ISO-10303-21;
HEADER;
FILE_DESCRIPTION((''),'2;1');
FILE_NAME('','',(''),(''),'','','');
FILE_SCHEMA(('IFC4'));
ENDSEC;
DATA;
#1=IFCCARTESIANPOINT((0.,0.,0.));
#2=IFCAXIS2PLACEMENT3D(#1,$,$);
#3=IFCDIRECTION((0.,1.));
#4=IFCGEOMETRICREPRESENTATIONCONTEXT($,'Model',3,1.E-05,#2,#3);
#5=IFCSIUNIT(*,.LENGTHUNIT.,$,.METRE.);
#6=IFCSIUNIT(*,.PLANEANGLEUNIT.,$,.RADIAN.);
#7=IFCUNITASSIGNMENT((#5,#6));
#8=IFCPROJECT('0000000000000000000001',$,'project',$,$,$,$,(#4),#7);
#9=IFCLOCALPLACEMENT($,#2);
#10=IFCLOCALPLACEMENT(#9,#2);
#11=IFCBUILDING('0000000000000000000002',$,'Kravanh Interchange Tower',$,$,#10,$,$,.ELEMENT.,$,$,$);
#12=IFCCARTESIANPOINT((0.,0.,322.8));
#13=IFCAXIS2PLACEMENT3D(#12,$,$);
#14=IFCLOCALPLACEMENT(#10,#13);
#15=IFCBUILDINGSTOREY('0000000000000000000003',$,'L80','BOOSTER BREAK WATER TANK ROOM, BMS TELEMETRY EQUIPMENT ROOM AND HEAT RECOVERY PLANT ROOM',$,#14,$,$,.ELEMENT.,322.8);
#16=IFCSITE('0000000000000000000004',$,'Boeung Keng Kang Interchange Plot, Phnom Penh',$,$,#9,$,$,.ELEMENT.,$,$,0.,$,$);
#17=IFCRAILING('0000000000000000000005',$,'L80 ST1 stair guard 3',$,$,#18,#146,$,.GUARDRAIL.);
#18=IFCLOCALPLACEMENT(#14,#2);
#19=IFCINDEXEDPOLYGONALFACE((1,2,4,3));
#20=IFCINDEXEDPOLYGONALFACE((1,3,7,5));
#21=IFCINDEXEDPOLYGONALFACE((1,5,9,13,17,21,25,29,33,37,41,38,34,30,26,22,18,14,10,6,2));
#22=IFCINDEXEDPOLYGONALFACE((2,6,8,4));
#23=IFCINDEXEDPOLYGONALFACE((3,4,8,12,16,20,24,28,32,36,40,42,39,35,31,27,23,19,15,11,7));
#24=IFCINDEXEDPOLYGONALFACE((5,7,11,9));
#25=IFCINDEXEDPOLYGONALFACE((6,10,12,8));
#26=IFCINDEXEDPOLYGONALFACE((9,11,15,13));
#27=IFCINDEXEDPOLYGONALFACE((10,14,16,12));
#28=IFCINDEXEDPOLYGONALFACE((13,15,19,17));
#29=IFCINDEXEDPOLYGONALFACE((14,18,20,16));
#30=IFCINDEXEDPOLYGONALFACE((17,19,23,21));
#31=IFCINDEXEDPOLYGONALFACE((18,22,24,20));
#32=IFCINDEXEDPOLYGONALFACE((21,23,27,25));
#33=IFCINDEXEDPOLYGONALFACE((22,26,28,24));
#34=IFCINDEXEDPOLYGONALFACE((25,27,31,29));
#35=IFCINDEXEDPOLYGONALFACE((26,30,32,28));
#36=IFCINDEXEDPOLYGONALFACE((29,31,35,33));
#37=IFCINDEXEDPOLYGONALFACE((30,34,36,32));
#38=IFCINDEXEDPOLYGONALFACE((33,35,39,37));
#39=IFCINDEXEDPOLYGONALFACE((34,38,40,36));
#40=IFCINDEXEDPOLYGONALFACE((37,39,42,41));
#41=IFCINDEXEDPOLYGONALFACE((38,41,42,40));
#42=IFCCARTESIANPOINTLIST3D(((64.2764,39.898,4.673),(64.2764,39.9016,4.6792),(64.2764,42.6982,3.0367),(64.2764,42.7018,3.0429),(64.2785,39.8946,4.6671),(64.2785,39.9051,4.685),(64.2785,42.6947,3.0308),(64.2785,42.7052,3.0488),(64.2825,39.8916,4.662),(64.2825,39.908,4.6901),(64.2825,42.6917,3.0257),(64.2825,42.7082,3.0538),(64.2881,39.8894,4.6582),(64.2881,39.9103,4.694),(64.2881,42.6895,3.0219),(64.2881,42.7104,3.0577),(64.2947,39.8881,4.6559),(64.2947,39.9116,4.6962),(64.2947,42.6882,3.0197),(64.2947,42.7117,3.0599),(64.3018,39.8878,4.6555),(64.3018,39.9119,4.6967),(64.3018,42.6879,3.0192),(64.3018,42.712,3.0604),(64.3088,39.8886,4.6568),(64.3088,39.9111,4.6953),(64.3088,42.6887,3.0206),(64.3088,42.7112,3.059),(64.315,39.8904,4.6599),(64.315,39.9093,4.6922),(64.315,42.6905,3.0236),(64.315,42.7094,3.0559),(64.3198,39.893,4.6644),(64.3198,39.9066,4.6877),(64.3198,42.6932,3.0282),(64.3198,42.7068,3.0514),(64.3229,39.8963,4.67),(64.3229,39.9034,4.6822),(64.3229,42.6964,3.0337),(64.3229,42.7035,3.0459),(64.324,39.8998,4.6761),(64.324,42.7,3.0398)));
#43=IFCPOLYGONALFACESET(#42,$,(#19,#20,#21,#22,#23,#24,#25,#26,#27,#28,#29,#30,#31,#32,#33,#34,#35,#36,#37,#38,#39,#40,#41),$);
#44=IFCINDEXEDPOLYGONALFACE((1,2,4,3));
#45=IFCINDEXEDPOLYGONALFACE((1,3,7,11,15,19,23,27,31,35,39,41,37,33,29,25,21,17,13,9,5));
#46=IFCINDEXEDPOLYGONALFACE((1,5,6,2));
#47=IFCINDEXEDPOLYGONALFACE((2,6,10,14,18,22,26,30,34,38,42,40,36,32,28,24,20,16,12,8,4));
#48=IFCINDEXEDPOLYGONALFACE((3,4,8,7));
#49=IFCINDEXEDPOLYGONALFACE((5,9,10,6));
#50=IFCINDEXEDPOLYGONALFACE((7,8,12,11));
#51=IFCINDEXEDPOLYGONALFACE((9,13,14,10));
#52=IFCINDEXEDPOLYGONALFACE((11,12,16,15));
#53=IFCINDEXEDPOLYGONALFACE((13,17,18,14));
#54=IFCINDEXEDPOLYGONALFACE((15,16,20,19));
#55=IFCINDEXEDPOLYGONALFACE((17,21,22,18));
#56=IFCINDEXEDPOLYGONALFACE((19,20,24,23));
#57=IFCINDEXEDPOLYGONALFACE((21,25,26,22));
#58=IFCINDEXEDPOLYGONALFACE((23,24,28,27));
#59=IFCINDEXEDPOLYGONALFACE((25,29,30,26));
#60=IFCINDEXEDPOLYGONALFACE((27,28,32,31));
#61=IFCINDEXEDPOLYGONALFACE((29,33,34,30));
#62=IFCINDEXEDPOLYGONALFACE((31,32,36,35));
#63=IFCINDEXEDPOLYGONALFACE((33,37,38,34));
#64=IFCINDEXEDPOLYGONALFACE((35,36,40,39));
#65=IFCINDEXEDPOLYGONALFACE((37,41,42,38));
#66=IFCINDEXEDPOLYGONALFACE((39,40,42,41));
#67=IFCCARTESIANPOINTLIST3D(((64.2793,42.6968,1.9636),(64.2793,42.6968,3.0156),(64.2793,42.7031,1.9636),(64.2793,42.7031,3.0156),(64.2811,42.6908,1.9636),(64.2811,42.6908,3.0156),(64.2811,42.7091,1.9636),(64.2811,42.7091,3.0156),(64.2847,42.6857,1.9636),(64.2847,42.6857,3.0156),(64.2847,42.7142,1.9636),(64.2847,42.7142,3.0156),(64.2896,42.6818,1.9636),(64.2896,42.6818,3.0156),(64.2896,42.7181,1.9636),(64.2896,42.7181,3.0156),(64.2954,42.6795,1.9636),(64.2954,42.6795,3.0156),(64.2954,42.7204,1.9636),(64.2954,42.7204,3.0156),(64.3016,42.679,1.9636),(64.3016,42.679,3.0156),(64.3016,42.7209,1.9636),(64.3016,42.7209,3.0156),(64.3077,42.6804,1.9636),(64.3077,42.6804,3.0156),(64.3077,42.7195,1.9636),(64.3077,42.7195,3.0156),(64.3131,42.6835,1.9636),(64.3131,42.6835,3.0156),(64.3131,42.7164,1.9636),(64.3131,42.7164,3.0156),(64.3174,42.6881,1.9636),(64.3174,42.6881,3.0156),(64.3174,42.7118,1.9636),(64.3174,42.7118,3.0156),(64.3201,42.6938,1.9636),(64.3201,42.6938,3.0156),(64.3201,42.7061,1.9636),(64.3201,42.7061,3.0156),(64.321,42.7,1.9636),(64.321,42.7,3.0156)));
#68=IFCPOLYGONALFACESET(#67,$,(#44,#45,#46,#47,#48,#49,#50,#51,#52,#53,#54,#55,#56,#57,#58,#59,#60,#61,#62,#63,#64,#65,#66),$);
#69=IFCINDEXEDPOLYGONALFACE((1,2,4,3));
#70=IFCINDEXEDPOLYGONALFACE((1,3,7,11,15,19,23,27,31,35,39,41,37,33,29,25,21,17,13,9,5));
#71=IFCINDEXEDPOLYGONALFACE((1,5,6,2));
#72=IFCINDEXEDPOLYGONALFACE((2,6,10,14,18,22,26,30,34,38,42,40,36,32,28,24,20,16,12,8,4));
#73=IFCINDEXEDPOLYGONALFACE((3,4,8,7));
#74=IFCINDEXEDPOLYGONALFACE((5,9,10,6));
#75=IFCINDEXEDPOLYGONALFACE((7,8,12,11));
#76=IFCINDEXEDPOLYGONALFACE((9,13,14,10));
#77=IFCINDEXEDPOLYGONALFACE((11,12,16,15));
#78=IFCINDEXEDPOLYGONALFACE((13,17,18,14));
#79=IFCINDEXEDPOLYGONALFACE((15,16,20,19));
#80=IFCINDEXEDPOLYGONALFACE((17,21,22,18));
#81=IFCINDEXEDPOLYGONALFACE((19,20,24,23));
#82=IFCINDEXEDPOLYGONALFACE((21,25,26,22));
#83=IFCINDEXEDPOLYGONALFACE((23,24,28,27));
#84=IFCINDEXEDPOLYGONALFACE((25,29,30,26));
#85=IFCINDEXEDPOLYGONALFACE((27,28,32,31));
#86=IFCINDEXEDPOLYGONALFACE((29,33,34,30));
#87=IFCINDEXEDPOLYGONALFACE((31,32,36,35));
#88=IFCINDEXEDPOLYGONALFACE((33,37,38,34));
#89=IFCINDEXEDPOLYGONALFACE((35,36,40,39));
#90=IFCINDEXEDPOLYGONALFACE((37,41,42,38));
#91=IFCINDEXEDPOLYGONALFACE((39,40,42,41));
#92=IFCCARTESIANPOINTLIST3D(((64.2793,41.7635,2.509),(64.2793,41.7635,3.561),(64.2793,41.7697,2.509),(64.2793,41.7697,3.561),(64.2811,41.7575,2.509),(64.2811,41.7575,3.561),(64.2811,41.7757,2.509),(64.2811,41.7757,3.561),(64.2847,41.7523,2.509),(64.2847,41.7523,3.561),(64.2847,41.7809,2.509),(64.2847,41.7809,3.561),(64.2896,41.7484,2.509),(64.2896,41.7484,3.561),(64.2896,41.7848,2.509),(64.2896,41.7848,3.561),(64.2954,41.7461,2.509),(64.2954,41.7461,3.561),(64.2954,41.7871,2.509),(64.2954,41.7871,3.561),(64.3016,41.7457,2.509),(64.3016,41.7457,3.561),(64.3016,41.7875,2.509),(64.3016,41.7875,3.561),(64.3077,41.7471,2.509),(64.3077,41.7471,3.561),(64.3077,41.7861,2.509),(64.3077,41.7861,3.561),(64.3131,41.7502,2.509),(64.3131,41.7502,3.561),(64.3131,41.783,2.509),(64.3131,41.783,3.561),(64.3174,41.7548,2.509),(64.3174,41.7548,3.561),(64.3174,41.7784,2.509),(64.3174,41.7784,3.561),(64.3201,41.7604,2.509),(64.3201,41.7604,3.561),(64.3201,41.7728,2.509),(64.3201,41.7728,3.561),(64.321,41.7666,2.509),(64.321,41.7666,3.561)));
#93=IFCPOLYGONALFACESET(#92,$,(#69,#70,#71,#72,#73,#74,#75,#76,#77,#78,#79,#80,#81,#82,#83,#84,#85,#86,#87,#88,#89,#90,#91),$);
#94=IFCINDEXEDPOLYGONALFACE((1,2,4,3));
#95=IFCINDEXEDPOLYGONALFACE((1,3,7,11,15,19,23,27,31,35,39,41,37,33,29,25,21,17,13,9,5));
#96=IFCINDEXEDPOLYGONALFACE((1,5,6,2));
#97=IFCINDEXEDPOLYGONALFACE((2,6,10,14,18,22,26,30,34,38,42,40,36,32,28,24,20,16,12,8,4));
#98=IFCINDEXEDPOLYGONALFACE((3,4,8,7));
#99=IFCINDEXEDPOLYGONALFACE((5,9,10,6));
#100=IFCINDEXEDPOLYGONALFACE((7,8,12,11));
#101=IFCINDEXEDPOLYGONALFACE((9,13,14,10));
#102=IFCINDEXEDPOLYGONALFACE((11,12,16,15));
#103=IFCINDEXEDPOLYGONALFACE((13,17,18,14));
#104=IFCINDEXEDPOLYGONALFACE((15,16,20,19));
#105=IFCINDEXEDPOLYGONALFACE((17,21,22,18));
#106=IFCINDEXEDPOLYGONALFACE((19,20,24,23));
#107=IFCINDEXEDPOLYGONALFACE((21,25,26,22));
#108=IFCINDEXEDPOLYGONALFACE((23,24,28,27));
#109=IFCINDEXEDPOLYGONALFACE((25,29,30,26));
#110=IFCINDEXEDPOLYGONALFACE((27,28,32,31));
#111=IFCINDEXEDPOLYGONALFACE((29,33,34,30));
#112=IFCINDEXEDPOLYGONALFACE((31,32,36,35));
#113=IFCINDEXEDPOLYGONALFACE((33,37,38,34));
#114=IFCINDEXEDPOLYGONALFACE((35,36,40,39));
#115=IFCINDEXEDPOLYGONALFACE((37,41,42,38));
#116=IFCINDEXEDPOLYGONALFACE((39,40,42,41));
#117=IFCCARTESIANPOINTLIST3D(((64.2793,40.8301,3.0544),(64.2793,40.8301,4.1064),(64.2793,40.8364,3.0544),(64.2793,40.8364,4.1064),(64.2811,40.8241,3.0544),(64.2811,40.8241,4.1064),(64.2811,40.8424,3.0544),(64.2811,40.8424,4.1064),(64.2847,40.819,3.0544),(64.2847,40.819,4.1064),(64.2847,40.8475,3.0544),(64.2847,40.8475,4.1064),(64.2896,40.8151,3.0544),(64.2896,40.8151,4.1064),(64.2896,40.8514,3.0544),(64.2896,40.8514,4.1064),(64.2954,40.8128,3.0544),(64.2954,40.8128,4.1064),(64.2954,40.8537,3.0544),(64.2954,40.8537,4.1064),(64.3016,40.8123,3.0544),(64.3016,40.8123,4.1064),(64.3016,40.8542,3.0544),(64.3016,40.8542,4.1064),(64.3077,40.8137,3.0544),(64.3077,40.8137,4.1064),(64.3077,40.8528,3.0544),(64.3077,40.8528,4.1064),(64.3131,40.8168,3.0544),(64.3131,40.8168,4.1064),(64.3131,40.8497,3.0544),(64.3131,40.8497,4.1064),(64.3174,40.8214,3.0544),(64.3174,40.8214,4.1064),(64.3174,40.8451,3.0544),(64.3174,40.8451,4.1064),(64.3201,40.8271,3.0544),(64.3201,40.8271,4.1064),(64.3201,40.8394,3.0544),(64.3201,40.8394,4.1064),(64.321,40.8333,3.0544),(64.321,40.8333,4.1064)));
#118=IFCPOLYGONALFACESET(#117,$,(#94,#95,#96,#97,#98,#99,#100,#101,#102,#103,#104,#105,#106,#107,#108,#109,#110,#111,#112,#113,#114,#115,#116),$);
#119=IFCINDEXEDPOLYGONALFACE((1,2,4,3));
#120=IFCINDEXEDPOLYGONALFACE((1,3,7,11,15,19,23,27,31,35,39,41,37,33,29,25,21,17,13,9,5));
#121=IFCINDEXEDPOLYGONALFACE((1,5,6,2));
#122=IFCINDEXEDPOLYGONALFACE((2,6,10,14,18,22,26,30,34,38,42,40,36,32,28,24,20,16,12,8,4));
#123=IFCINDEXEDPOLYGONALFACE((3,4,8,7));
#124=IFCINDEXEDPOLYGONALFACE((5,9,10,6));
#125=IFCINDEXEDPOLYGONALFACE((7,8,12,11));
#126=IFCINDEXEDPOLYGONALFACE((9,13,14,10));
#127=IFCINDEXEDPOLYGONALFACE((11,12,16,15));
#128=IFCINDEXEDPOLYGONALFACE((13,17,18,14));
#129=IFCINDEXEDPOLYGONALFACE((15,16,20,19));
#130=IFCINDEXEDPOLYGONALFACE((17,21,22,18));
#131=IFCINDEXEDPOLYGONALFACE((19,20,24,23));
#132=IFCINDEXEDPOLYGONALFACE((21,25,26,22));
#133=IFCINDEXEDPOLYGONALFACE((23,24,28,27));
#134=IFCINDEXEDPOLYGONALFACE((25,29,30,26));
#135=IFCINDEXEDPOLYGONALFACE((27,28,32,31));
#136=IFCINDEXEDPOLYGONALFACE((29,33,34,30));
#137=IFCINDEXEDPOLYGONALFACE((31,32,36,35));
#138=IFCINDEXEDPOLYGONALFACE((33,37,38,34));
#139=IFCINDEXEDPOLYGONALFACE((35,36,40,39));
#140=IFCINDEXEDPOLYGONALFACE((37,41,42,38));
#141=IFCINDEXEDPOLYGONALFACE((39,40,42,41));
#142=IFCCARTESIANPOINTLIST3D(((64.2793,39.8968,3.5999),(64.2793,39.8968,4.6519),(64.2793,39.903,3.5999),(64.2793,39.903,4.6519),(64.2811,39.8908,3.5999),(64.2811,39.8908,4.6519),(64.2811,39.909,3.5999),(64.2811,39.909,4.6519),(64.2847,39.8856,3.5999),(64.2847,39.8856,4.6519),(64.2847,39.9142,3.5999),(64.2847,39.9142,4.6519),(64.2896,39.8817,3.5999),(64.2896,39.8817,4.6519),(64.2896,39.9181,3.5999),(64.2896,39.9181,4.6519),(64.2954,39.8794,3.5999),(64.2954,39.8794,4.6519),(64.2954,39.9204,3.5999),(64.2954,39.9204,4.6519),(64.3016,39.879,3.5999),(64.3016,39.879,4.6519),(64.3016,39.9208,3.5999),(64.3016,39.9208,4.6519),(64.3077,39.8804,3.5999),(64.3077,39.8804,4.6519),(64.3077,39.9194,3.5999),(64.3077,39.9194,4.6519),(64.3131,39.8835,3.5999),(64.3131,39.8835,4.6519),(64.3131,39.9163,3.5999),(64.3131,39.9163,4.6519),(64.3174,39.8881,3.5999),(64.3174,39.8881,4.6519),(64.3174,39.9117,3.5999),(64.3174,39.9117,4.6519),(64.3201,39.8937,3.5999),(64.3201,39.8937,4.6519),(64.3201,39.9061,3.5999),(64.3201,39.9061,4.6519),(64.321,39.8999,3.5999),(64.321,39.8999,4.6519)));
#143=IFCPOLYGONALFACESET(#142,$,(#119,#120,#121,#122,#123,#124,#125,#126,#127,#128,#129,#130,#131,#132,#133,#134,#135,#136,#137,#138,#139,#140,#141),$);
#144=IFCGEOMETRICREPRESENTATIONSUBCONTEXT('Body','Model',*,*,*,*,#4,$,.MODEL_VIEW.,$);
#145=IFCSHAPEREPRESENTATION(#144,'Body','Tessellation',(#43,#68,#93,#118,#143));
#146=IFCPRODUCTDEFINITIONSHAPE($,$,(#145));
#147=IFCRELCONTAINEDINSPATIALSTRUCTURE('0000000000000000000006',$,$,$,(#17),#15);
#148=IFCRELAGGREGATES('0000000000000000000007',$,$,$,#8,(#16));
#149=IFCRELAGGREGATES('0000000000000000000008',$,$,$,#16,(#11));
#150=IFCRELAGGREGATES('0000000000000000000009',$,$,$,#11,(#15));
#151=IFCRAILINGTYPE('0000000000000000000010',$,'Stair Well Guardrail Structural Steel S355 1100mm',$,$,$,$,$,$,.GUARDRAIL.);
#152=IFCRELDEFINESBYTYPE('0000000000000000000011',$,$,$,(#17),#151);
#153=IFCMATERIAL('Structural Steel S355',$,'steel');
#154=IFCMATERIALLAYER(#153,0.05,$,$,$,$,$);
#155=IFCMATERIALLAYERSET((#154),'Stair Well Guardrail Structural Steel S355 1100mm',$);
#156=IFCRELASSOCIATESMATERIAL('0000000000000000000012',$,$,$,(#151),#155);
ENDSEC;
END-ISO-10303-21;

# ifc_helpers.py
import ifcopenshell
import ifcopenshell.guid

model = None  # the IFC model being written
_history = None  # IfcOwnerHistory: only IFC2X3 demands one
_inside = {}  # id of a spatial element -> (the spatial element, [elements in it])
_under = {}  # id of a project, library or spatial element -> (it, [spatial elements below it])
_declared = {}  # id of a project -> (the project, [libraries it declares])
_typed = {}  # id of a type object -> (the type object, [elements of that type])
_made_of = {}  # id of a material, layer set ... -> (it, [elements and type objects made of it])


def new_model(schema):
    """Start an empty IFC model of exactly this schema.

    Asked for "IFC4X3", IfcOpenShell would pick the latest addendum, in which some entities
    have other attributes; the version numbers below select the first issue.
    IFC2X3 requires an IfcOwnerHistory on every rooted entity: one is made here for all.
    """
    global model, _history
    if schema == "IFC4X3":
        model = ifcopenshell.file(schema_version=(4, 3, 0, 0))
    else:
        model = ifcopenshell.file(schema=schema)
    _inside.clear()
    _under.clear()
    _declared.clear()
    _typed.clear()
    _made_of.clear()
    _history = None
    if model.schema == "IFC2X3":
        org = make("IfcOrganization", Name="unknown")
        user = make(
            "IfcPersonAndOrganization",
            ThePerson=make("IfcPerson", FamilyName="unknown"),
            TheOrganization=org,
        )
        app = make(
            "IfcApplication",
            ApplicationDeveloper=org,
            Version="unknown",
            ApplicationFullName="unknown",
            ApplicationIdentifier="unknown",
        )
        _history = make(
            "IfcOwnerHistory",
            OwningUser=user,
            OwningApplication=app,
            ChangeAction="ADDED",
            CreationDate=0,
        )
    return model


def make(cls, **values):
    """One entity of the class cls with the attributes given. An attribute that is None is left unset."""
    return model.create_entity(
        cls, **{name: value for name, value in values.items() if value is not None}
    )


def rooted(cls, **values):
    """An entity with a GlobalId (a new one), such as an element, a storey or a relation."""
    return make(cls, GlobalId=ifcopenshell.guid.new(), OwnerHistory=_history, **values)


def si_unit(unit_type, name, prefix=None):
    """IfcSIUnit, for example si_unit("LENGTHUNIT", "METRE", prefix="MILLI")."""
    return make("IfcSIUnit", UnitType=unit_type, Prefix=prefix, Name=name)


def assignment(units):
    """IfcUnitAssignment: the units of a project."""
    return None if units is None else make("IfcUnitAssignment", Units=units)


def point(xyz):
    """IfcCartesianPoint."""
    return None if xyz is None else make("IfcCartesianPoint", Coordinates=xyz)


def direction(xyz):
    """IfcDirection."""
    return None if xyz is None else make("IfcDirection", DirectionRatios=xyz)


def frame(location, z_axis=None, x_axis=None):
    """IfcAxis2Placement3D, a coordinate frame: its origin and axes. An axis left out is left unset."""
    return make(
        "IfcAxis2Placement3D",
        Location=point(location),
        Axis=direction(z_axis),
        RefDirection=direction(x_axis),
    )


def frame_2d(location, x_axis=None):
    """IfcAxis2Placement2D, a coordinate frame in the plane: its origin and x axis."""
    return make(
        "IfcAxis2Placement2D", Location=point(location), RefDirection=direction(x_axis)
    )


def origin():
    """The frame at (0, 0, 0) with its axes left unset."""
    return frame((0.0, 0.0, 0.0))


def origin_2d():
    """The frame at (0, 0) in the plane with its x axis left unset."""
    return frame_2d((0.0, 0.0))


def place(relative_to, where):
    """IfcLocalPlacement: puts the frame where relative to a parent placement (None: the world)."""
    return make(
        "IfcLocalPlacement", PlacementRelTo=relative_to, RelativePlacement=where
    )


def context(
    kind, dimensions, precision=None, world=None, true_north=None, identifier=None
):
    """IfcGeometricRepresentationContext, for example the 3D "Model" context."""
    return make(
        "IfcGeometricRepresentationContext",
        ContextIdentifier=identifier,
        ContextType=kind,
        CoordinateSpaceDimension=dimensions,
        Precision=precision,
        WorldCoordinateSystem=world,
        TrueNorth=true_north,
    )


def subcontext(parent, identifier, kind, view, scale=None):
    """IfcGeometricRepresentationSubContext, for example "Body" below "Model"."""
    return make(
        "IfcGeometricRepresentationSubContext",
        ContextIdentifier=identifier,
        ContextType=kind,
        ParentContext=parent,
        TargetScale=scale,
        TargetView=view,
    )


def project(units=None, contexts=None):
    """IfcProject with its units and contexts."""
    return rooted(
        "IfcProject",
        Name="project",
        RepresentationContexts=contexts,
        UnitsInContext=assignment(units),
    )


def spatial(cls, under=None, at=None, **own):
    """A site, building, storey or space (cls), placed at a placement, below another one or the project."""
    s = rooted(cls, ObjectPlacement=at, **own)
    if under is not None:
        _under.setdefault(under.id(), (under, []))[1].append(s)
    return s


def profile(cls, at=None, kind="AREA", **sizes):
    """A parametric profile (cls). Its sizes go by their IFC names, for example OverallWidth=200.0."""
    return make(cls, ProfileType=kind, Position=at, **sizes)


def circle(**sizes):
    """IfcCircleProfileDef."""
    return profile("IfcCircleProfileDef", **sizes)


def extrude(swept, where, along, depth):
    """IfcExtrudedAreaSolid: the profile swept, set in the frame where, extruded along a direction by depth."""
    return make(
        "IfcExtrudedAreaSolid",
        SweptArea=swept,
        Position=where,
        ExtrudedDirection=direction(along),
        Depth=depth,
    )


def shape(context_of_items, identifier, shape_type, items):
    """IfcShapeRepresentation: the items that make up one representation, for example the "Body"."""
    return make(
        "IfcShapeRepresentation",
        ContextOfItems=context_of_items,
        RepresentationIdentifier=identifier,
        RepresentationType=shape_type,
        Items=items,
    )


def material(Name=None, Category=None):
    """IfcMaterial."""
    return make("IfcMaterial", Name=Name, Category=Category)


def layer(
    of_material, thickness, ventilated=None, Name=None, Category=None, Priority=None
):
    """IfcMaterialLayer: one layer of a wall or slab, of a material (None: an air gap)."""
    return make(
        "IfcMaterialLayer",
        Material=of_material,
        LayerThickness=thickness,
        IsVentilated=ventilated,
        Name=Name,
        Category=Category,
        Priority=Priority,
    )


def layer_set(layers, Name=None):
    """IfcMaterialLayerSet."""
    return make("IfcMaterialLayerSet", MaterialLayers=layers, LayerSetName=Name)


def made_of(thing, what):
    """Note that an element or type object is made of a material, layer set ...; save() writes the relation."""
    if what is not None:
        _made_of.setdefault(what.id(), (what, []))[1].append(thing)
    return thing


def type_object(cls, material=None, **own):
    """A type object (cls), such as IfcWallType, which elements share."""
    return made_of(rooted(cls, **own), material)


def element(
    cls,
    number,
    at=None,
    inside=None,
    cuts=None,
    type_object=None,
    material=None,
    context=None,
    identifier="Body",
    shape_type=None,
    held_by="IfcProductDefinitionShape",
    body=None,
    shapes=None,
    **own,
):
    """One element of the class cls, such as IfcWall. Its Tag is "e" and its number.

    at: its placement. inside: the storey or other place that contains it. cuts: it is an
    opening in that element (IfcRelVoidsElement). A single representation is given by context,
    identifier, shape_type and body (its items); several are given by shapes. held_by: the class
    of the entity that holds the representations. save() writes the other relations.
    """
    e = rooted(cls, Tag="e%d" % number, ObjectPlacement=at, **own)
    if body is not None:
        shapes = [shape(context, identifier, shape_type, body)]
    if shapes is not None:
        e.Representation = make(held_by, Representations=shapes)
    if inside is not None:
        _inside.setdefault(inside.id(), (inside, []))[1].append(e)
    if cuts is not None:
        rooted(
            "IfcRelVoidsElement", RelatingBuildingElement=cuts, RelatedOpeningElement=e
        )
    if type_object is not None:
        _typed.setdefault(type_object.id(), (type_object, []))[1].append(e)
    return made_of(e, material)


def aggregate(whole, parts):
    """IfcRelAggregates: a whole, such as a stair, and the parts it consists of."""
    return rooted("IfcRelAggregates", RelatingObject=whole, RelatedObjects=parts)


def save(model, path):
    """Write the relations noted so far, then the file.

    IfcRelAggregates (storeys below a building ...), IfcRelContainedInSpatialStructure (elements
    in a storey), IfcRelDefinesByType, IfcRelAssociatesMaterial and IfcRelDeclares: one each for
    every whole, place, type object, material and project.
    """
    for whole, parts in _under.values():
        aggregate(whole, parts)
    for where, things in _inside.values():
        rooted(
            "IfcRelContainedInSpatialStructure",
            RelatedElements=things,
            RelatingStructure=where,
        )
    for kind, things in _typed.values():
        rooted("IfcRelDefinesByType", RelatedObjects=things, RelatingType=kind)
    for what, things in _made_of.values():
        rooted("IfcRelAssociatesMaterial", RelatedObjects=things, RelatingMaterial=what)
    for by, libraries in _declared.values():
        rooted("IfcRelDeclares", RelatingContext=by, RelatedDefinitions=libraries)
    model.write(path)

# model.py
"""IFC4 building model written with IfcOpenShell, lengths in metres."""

from ifc_helpers import new_model, si_unit, direction, frame, origin, origin_2d, place, context, subcontext, project, spatial, circle, extrude, material, layer, layer_set, type_object, element, save


model = new_model("IFC4")

# Units and contexts
model_context = context("Model", 3, precision=1e-05, world=origin(), true_north=direction((0.0, 1.0)))
body_context = subcontext(model_context, "Body", "Model", "MODEL_VIEW")
ifc_project = project(units=[si_unit("LENGTHUNIT", "METRE"), si_unit("PLANEANGLEUNIT", "RADIAN")], contexts=[model_context])

# Site, building, storey
site_placement = place(None, origin())
site = spatial("IfcSite", under=ifc_project, at=site_placement, Name="Boeung Keng Kang Interchange Plot, Phnom Penh", CompositionType="ELEMENT", RefElevation=0.0)
building_placement = place(site_placement, origin())
building = spatial("IfcBuilding", under=site, at=building_placement, Name="Kravanh Interchange Tower", CompositionType="ELEMENT")
storey_placement = place(building_placement, frame((0.0, 0.0, 322.8)))
storey = spatial("IfcBuildingStorey", under=building, at=storey_placement, Name="L80", Description="BOOSTER BREAK WATER TANK ROOM, BMS TELEMETRY EQUIPMENT ROOM AND HEAT RECOVERY PLANT ROOM", CompositionType="ELEMENT", Elevation=322.8)

# Railing
ifc_material_1 = material(Name="Structural Steel S355", Category="steel")
ifc_layer_1 = layer(ifc_material_1, 0.05)
ifc_layer_set_1 = layer_set([ifc_layer_1], Name="Stair Well Guardrail Structural Steel S355 1100mm")
railing_type_1 = type_object("IfcRailingType", Name="Stair Well Guardrail Structural Steel S355 1100mm", PredefinedType="GUARDRAIL", material=ifc_layer_set_1)
railing_1_placement = place(storey_placement, frame((64.3, 42.7, 1.9636)))
element("IfcRailing", 1, at=railing_1_placement, inside=storey, type_object=railing_type_1, Name="L80 ST1 stair guard 3", PredefinedType="GUARDRAIL", context=body_context, shape_type="SweptSolid", body=[
    extrude(circle(Radius=0.0239, at=origin_2d()), frame((0.0, 0.0, 1.0762), z_axis=(0.0, -0.863394, 0.504531), x_axis=(1.0, 0.0, 0.0)), (0.0, 0.0, 1.0), 3.2432),
    extrude(circle(Radius=0.021, at=origin_2d()), origin(), (0.0, 0.0, 1.0), 1.052),
    extrude(circle(Radius=0.021, at=origin_2d()), frame((0.0, -0.9333, 0.5454)), (0.0, 0.0, 1.0), 1.052),
    extrude(circle(Radius=0.021, at=origin_2d()), frame((0.0, -1.8667, 1.0908)), (0.0, 0.0, 1.0), 1.052),
    extrude(circle(Radius=0.021, at=origin_2d()), frame((0.0, -2.8, 1.6362)), (0.0, 0.0, 1.0), 1.052),
])

save(model, "model.ifc")
